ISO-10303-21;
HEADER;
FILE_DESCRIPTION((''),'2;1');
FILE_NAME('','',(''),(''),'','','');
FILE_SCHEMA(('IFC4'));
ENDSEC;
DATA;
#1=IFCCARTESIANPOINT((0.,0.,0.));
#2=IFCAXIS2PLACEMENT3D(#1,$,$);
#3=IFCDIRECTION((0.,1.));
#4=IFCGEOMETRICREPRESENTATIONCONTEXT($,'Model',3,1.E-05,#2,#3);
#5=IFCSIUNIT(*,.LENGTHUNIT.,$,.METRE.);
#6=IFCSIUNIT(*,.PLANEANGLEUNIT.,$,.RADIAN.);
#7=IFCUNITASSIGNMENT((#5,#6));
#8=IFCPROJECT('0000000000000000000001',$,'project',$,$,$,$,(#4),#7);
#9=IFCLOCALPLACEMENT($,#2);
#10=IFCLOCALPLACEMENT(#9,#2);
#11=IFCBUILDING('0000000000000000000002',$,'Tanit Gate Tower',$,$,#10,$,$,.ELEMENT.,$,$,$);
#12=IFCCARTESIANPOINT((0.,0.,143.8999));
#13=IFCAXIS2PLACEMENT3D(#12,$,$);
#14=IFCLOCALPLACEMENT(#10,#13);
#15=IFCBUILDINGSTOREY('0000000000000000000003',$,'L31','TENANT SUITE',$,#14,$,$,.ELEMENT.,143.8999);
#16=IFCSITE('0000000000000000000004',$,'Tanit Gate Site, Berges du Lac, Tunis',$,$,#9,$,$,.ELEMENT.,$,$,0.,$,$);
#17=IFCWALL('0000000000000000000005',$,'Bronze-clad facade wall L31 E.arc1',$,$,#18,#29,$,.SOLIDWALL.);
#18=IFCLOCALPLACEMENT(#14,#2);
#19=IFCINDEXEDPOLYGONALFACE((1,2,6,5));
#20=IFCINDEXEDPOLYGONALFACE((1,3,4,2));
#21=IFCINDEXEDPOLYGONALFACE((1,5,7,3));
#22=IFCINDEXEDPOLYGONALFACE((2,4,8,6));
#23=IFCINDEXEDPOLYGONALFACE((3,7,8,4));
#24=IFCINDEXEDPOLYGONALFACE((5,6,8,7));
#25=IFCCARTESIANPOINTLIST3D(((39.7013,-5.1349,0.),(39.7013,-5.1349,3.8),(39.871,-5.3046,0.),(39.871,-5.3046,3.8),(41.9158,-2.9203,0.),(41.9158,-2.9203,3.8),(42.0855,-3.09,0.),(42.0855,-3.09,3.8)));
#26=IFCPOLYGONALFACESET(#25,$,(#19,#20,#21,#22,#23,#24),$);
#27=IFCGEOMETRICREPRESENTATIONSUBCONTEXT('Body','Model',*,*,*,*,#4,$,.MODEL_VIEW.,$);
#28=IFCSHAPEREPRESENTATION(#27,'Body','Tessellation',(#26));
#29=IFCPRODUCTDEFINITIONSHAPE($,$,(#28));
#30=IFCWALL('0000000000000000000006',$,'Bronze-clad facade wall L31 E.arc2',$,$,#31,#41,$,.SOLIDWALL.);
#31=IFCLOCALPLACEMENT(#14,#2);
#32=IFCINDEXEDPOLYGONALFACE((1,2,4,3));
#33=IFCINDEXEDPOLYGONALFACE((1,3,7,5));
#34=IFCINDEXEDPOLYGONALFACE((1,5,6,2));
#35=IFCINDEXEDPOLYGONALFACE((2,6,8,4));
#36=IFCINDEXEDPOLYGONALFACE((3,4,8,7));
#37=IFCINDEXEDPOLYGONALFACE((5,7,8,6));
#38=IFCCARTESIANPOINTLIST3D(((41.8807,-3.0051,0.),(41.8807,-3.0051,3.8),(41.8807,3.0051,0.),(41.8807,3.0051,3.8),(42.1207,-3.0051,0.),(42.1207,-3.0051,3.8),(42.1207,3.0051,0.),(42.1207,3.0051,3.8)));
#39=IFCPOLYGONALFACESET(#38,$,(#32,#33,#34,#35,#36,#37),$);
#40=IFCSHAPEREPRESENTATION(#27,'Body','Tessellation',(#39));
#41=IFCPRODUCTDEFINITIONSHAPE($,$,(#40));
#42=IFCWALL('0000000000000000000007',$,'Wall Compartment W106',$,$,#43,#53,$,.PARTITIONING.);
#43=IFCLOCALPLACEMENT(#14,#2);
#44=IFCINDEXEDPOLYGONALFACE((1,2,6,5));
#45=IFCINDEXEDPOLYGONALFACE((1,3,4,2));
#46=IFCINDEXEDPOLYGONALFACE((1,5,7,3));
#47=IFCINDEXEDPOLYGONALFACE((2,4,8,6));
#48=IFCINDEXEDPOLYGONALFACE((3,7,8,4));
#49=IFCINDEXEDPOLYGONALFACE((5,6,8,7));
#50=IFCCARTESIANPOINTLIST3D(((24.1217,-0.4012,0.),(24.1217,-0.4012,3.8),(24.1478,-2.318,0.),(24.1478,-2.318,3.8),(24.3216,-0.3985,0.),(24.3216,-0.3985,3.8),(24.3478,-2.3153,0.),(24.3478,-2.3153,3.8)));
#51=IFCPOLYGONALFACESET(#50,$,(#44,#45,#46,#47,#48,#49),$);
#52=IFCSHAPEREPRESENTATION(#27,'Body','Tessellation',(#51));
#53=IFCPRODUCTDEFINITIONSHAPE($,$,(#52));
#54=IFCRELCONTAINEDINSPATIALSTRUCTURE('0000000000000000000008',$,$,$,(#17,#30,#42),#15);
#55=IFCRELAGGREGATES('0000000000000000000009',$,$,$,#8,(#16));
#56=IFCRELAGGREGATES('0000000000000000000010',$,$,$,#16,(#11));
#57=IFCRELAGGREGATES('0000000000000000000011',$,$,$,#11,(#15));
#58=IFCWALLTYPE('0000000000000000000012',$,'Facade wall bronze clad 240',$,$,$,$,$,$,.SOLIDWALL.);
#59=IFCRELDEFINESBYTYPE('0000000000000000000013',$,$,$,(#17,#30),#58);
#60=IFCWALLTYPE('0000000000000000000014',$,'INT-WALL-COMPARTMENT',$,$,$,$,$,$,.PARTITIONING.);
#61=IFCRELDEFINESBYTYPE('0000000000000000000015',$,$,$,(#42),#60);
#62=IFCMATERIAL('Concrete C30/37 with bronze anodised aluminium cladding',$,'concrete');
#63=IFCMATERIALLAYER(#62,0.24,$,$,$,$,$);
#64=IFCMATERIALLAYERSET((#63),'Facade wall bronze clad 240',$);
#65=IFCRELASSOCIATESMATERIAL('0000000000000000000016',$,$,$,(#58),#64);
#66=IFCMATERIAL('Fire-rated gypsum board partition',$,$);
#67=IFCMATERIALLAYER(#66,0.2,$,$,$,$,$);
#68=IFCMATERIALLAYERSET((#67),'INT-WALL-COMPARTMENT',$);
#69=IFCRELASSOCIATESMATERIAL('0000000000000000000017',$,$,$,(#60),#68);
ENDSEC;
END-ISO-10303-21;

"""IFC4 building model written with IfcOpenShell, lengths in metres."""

from ifc_helpers import new_model, si_unit, direction, frame, frame_2d, origin, place, context, subcontext, project, spatial, rectangle, extrude, material, layer, layer_set, type_object, element, save


model = new_model("IFC4")

# Units and contexts
model_context = context("Model", 3, precision=1e-05, world=origin(), true_north=direction((0.0, 1.0)))
body_context = subcontext(model_context, "Body", "Model", "MODEL_VIEW")
ifc_project = project(units=[si_unit("LENGTHUNIT", "METRE"), si_unit("PLANEANGLEUNIT", "RADIAN")], contexts=[model_context])

# Site, building, storey
site_placement = place(None, origin())
site = spatial("IfcSite", under=ifc_project, at=site_placement, Name="Tanit Gate Site, Berges du Lac, Tunis", CompositionType="ELEMENT", RefElevation=0.0)
building_placement = place(site_placement, origin())
building = spatial("IfcBuilding", under=site, at=building_placement, Name="Tanit Gate Tower", CompositionType="ELEMENT")
storey_placement = place(building_placement, frame((0.0, 0.0, 143.8999)))
storey = spatial("IfcBuildingStorey", under=building, at=storey_placement, Name="L31", Description="TENANT SUITE", CompositionType="ELEMENT", Elevation=143.8999)

# Walls
ifc_material_1 = material(Name="Concrete C30/37 with bronze anodised aluminium cladding", Category="concrete")
ifc_layer_1 = layer(ifc_material_1, 0.24)
ifc_layer_set_1 = layer_set([ifc_layer_1], Name="Facade wall bronze clad 240")
wall_type_1 = type_object("IfcWallType", Name="Facade wall bronze clad 240", PredefinedType="SOLIDWALL", material=ifc_layer_set_1)
wall_1_placement = place(storey_placement, frame((39.7861, -5.2197, 0.0), z_axis=(0.0, 0.0, 1.0), x_axis=(0.707107, 0.707107, 0.0)))
element("IfcWall", 1, at=wall_1_placement, inside=storey, type_object=wall_type_1, Name="Bronze-clad facade wall L31 E.arc1", PredefinedType="SOLIDWALL", context=body_context, shape_type="SweptSolid", body=[
    extrude(rectangle(XDim=3.1318, YDim=0.24, at=frame_2d((1.5659, 0.0))), origin(), (0.0, 0.0, 1.0), 3.8),
])
wall_2_placement = place(storey_placement, frame((42.0007, -3.0051, 0.0), z_axis=(0.0, 0.0, 1.0), x_axis=(0.0, 1.0, 0.0)))
element("IfcWall", 2, at=wall_2_placement, inside=storey, type_object=wall_type_1, Name="Bronze-clad facade wall L31 E.arc2", PredefinedType="SOLIDWALL", context=body_context, shape_type="SweptSolid", body=[
    extrude(rectangle(XDim=6.0103, YDim=0.24, at=frame_2d((3.0051, 0.0))), origin(), (0.0, 0.0, 1.0), 3.8),
])
ifc_material_2 = material(Name="Fire-rated gypsum board partition")
ifc_layer_2 = layer(ifc_material_2, 0.2)
ifc_layer_set_2 = layer_set([ifc_layer_2], Name="INT-WALL-COMPARTMENT")
wall_type_2 = type_object("IfcWallType", Name="INT-WALL-COMPARTMENT", PredefinedType="PARTITIONING", material=ifc_layer_set_2)
wall_3_placement = place(storey_placement, frame((24.2478, -2.3167, 0.0), z_axis=(0.0, 0.0, 1.0), x_axis=(-0.013628, 0.999907, 0.0)))
element("IfcWall", 3, at=wall_3_placement, inside=storey, type_object=wall_type_2, Name="Wall Compartment W106", PredefinedType="PARTITIONING", context=body_context, shape_type="SweptSolid", body=[
    extrude(rectangle(XDim=1.917, YDim=0.2, at=frame_2d((0.9585, 0.0))), origin(), (0.0, 0.0, 1.0), 3.8),
])

save(model, "model.ifc")
